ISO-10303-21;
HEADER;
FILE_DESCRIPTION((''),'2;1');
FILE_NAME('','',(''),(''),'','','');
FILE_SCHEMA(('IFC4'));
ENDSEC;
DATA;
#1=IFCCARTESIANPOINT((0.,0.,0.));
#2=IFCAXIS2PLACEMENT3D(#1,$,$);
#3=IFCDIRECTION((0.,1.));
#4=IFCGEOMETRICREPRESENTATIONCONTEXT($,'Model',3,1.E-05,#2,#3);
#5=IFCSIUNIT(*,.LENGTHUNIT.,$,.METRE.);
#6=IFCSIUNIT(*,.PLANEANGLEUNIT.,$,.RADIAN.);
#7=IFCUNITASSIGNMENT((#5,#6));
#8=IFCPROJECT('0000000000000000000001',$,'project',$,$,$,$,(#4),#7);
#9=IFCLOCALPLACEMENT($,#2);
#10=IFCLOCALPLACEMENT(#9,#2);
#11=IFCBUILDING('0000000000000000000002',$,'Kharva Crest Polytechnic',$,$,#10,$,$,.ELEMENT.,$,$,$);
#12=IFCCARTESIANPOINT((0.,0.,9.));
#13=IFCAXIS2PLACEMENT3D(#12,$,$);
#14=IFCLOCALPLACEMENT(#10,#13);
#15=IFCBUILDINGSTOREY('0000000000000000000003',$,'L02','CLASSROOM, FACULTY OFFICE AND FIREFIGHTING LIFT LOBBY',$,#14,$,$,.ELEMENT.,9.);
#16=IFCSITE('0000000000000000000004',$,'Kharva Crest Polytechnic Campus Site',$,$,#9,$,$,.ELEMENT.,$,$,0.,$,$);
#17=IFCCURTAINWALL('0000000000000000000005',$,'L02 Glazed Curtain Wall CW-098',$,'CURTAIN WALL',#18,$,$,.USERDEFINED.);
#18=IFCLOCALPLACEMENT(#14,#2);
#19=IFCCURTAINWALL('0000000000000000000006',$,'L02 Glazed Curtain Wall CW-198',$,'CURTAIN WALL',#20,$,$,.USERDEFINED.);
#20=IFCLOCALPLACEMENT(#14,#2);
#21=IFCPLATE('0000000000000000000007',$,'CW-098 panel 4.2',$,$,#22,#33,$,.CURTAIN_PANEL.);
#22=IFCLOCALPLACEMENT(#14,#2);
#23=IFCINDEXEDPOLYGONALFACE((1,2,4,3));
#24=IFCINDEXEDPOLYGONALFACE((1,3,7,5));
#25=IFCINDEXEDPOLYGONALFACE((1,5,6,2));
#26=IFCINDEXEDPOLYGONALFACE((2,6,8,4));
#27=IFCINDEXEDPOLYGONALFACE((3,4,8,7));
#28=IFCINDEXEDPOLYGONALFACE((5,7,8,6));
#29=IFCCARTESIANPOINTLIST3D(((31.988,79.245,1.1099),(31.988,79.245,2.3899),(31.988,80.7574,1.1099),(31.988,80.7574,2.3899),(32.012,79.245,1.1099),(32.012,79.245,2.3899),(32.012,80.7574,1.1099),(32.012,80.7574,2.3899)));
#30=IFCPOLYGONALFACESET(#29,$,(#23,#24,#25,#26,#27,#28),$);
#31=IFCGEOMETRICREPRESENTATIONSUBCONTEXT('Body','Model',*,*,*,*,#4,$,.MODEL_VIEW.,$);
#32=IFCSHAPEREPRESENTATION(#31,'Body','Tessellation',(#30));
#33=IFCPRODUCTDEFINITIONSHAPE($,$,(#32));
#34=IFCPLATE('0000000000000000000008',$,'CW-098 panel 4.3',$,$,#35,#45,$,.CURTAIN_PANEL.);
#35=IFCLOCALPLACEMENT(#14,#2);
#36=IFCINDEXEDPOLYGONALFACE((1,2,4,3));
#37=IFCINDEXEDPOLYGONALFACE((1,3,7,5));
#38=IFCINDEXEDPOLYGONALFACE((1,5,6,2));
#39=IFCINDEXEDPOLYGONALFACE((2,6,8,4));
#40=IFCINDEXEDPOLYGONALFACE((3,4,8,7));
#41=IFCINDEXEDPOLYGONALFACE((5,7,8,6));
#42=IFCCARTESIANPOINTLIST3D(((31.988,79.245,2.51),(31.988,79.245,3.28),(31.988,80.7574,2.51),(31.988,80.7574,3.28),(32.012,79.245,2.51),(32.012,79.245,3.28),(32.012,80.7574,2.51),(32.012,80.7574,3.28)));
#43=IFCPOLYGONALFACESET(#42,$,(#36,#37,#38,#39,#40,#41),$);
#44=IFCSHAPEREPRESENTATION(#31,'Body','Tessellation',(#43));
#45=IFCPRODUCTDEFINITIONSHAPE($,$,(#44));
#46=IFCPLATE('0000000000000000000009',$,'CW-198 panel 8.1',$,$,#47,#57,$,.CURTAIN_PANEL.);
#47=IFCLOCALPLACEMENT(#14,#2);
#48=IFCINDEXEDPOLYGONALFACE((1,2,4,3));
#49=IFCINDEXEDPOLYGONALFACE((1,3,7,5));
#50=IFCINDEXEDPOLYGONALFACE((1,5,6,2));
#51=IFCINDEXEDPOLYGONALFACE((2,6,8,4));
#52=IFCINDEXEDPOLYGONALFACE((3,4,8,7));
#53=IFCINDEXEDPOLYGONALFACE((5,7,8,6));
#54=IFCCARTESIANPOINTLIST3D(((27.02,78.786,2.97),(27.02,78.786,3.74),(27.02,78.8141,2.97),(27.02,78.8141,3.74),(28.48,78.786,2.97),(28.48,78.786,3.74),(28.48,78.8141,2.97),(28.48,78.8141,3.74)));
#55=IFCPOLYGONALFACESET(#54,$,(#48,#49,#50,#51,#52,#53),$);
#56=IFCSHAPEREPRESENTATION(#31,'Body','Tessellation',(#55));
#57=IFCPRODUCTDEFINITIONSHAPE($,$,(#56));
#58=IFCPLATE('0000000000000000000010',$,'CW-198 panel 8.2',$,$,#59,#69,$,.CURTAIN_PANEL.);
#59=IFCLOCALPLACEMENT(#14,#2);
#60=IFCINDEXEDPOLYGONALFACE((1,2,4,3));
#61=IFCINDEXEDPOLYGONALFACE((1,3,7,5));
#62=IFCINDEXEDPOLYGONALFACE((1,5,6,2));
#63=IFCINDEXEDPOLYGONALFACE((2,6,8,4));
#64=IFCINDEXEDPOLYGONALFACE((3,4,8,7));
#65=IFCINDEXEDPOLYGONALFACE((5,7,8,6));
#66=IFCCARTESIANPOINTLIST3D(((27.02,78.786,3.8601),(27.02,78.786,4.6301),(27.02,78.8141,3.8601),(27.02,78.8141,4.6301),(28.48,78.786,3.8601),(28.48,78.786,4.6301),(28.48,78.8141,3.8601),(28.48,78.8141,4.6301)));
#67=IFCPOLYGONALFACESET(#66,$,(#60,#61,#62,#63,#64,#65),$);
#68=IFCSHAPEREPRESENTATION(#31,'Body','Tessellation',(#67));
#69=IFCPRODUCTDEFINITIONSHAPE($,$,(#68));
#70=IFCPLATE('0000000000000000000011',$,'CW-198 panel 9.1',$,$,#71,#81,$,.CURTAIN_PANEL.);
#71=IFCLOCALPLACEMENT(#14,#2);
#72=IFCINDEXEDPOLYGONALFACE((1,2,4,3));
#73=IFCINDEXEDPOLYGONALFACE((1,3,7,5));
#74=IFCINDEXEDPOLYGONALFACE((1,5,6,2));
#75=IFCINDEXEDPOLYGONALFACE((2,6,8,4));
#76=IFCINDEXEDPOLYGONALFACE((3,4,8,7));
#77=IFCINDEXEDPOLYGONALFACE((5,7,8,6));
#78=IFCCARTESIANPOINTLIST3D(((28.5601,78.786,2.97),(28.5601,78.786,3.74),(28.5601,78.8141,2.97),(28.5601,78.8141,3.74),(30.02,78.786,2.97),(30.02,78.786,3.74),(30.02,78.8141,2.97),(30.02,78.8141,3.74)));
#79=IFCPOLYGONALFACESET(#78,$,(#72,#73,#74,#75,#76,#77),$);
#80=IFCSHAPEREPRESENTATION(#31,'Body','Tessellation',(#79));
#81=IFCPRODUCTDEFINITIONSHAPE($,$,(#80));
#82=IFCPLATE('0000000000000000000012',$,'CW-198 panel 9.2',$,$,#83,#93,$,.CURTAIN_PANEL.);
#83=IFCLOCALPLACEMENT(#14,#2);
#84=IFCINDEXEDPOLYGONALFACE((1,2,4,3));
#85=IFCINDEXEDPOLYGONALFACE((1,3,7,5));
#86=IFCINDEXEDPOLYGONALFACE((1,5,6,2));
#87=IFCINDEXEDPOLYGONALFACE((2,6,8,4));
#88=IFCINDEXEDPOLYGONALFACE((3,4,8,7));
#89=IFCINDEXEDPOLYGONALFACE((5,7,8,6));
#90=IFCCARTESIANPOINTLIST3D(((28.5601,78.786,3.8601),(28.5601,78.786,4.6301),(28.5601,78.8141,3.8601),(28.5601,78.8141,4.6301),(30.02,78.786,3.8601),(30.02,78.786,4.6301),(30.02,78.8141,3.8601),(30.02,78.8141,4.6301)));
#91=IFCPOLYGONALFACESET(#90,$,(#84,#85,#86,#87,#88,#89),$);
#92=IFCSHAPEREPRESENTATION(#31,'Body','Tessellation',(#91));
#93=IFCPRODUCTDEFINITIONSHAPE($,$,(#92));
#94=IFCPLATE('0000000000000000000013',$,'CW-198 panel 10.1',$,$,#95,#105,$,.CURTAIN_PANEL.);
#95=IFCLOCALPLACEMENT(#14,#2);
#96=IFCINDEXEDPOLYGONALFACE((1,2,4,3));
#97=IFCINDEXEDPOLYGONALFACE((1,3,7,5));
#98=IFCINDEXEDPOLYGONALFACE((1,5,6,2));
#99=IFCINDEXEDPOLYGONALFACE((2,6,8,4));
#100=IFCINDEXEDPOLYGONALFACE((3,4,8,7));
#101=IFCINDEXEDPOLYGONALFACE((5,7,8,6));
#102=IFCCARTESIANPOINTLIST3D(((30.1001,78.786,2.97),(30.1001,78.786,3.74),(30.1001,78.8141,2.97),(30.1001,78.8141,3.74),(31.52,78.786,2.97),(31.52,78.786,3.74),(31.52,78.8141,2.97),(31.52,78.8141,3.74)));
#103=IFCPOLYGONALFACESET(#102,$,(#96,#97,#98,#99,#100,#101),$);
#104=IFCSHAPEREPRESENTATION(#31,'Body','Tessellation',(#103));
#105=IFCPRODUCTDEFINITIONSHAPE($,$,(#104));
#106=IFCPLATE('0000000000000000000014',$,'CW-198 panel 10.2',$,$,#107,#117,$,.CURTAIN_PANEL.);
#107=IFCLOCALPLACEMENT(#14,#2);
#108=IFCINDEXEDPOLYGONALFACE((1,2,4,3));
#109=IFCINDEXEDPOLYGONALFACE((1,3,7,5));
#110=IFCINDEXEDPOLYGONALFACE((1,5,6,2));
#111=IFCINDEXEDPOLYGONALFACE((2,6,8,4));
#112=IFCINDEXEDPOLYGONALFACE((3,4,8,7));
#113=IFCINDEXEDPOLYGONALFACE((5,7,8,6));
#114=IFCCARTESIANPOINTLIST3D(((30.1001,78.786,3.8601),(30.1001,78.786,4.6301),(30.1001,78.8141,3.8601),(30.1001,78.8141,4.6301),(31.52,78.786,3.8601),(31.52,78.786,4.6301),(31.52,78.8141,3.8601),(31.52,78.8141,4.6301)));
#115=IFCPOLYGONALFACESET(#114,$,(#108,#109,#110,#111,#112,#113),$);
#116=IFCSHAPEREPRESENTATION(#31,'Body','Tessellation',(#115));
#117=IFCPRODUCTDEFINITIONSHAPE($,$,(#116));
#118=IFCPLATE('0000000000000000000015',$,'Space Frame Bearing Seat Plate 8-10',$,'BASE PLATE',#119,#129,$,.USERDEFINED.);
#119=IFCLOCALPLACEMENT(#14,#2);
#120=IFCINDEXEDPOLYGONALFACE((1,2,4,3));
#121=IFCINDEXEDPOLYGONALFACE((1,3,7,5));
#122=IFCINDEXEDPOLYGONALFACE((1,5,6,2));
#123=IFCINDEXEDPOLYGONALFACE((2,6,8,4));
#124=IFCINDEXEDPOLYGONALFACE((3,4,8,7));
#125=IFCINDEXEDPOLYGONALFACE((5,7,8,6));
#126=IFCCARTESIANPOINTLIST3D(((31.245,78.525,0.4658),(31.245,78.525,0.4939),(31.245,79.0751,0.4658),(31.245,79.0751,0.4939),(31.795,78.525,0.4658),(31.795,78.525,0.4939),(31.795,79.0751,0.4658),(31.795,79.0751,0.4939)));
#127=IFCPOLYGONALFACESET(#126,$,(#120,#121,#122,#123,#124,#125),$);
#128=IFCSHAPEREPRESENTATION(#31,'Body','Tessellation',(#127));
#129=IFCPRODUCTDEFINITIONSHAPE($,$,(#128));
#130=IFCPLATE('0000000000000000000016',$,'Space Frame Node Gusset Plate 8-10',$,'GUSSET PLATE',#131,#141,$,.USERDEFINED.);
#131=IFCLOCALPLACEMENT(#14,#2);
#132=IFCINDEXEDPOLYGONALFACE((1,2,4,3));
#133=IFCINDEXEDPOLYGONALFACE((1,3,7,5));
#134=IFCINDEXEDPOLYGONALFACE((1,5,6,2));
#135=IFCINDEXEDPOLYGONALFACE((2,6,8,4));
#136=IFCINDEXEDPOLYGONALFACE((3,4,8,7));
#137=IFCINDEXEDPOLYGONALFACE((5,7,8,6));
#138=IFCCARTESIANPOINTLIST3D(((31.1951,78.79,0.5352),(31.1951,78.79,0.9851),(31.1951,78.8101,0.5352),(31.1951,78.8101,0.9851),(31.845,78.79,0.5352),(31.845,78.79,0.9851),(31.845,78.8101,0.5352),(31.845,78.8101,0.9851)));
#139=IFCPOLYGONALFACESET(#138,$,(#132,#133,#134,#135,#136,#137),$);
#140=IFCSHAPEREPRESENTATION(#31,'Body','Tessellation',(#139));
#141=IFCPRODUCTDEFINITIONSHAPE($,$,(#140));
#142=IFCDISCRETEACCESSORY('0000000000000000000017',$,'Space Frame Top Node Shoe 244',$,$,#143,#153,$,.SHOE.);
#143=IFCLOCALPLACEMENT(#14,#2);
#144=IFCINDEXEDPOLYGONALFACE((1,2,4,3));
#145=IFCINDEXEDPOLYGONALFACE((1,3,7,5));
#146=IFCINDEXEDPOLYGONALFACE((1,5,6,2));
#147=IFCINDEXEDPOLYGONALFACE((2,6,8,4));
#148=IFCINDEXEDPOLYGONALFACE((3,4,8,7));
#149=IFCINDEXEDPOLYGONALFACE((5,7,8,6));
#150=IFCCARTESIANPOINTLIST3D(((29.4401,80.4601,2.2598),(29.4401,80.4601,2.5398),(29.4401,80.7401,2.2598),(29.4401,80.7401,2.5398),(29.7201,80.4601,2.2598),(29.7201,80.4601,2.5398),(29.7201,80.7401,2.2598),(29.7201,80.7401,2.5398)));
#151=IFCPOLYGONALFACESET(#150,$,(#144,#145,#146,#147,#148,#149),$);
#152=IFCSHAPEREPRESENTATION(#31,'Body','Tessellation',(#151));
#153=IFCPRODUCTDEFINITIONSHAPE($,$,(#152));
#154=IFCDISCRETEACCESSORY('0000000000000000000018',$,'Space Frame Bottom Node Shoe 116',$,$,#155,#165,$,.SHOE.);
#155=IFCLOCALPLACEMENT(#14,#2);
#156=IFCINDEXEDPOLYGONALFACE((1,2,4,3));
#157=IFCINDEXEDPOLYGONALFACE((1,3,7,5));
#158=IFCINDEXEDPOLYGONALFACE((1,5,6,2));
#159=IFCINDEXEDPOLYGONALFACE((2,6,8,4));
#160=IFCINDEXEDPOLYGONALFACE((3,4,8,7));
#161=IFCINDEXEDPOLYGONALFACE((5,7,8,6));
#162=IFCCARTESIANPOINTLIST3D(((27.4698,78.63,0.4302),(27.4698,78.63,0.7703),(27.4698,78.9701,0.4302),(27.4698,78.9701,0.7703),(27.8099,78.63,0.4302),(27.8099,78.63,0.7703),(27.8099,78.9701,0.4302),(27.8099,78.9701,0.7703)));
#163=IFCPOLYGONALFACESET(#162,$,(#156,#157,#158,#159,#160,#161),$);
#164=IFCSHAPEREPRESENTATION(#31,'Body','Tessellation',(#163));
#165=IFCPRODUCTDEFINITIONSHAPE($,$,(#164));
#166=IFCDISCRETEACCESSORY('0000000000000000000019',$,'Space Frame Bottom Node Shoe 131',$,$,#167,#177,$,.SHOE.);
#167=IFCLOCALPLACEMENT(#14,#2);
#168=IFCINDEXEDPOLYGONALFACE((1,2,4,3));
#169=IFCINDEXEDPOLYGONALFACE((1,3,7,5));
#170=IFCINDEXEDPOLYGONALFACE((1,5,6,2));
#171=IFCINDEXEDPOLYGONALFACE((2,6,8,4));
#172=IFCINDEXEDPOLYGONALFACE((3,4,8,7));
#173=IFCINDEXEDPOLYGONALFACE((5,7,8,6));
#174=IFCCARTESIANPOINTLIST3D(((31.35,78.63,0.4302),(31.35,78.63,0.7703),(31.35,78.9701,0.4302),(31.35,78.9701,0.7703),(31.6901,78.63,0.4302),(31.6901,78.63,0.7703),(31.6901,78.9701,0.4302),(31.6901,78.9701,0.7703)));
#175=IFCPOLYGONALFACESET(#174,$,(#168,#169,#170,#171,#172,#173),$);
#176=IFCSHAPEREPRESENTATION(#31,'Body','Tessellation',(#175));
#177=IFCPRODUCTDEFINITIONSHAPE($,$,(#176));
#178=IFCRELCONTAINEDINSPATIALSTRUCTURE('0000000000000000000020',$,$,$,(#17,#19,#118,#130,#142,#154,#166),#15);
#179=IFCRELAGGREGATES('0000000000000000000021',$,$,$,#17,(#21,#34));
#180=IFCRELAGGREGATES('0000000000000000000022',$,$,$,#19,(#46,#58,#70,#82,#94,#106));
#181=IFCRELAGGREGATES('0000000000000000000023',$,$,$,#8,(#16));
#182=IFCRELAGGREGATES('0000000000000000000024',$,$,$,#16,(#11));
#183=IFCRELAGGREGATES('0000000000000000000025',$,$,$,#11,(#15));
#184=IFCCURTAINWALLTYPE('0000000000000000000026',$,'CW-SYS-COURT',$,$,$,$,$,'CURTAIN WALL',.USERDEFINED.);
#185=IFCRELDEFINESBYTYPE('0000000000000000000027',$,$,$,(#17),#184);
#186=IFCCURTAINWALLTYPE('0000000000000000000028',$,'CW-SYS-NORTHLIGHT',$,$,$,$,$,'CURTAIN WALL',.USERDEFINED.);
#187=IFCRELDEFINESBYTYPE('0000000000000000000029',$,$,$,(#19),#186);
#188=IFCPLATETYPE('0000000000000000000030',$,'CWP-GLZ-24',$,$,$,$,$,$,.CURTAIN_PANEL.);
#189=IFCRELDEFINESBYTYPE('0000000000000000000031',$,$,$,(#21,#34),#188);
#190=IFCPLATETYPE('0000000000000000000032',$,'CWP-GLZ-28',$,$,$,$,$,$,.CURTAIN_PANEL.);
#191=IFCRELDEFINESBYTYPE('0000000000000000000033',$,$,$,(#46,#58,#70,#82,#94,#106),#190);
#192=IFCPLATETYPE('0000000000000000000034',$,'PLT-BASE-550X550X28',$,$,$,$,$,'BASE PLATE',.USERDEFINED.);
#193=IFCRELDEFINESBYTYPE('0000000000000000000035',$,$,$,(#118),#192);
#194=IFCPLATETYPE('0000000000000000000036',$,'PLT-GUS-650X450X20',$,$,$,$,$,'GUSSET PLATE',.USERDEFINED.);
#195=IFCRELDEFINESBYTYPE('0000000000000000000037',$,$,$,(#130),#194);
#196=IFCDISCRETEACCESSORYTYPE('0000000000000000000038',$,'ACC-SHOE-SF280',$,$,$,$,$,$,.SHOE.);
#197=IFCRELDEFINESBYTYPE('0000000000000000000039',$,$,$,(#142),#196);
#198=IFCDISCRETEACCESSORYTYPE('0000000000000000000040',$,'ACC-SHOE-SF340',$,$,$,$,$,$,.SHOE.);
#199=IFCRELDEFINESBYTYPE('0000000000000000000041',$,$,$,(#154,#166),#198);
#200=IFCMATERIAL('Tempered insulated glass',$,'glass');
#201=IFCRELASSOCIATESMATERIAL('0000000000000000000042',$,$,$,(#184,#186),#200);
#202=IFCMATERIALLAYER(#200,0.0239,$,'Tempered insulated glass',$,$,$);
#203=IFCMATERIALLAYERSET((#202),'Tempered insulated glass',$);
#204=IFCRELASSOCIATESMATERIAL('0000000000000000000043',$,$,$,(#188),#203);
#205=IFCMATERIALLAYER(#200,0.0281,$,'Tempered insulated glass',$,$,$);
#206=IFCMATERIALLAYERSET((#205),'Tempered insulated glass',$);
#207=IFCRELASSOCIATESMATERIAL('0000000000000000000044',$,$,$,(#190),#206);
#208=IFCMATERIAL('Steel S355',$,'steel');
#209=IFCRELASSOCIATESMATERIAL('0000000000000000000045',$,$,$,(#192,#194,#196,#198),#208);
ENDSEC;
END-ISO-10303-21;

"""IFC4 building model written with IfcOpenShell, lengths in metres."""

from ifc_helpers import new_model, si_unit, direction, frame, origin, origin_2d, place, context, subcontext, project, spatial, rectangle, extrude, material, layer, layer_set, type_object, element, aggregate, save


model = new_model("IFC4")

# Units and contexts
model_context = context("Model", 3, precision=1e-05, world=origin(), true_north=direction((0.0, 1.0)))
body_context = subcontext(model_context, "Body", "Model", "MODEL_VIEW")
ifc_project = project(units=[si_unit("LENGTHUNIT", "METRE"), si_unit("PLANEANGLEUNIT", "RADIAN")], contexts=[model_context])

# Site, building, storey
site_placement = place(None, origin())
site = spatial("IfcSite", under=ifc_project, at=site_placement, Name="Kharva Crest Polytechnic Campus Site", CompositionType="ELEMENT", RefElevation=0.0)
building_placement = place(site_placement, origin())
building = spatial("IfcBuilding", under=site, at=building_placement, Name="Kharva Crest Polytechnic", CompositionType="ELEMENT")
storey_placement = place(building_placement, frame((0.0, 0.0, 9.0)))
storey = spatial("IfcBuildingStorey", under=building, at=storey_placement, Name="L02", Description="CLASSROOM, FACULTY OFFICE AND FIREFIGHTING LIFT LOBBY", CompositionType="ELEMENT", Elevation=9.0)

# Curtain wall
ifc_material_1 = material(Name="Tempered insulated glass", Category="glass")
curtain_wall_type_1 = type_object("IfcCurtainWallType", Name="CW-SYS-COURT", ElementType="CURTAIN WALL", PredefinedType="USERDEFINED", material=ifc_material_1)
curtain_wall_1_placement = place(storey_placement, origin())
curtain_wall_1 = element("IfcCurtainWall", 1, at=curtain_wall_1_placement, inside=storey, type_object=curtain_wall_type_1, Name="L02 Glazed Curtain Wall CW-098", ObjectType="CURTAIN WALL", PredefinedType="USERDEFINED")
ifc_material_2 = material(Name="Steel S355", Category="steel")

# Curtain wall
curtain_wall_type_2 = type_object("IfcCurtainWallType", Name="CW-SYS-NORTHLIGHT", ElementType="CURTAIN WALL", PredefinedType="USERDEFINED", material=ifc_material_1)
curtain_wall_2_placement = place(storey_placement, origin())
curtain_wall_2 = element("IfcCurtainWall", 2, at=curtain_wall_2_placement, inside=storey, type_object=curtain_wall_type_2, Name="L02 Glazed Curtain Wall CW-198", ObjectType="CURTAIN WALL", PredefinedType="USERDEFINED")

# Plates
ifc_layer_1 = layer(ifc_material_1, 0.0239, Name="Tempered insulated glass")
ifc_layer_set_1 = layer_set([ifc_layer_1], Name="Tempered insulated glass")
plate_type_1 = type_object("IfcPlateType", Name="CWP-GLZ-24", PredefinedType="CURTAIN_PANEL", material=ifc_layer_set_1)
plate_1_placement = place(storey_placement, frame((32.0, 80.0012, 1.1099), z_axis=(0.0, 0.0, 1.0), x_axis=(0.0, -1.0, 0.0)))
plate_1 = element("IfcPlate", 3, at=plate_1_placement, type_object=plate_type_1, Name="CW-098 panel 4.2", PredefinedType="CURTAIN_PANEL", context=body_context, shape_type="SweptSolid", body=[
    extrude(rectangle(XDim=1.5125, YDim=0.0239, at=origin_2d()), origin(), (0.0, 0.0, 1.0), 1.28),
])
plate_2_placement = place(storey_placement, frame((32.0, 80.0012, 2.51), z_axis=(0.0, 0.0, 1.0), x_axis=(0.0, -1.0, 0.0)))
plate_2 = element("IfcPlate", 4, at=plate_2_placement, type_object=plate_type_1, Name="CW-098 panel 4.3", PredefinedType="CURTAIN_PANEL", context=body_context, shape_type="SweptSolid", body=[
    extrude(rectangle(XDim=1.5125, YDim=0.0239, at=origin_2d()), origin(), (0.0, 0.0, 1.0), 0.77),
])
aggregate(curtain_wall_1, [plate_1, plate_2])
ifc_layer_2 = layer(ifc_material_1, 0.0281, Name="Tempered insulated glass")
ifc_layer_set_2 = layer_set([ifc_layer_2], Name="Tempered insulated glass")
plate_type_2 = type_object("IfcPlateType", Name="CWP-GLZ-28", PredefinedType="CURTAIN_PANEL", material=ifc_layer_set_2)
plate_3_placement = place(storey_placement, frame((27.75, 78.8, 2.97), z_axis=(0.0, 0.0, 1.0), x_axis=(1.0, 0.0, 0.0)))
plate_3 = element("IfcPlate", 5, at=plate_3_placement, type_object=plate_type_2, Name="CW-198 panel 8.1", PredefinedType="CURTAIN_PANEL", context=body_context, shape_type="SweptSolid", body=[
    extrude(rectangle(XDim=1.46, YDim=0.0281, at=origin_2d()), origin(), (0.0, 0.0, 1.0), 0.77),
])
plate_4_placement = place(storey_placement, frame((27.75, 78.8, 3.8601), z_axis=(0.0, 0.0, 1.0), x_axis=(1.0, 0.0, 0.0)))
plate_4 = element("IfcPlate", 6, at=plate_4_placement, type_object=plate_type_2, Name="CW-198 panel 8.2", PredefinedType="CURTAIN_PANEL", context=body_context, shape_type="SweptSolid", body=[
    extrude(rectangle(XDim=1.46, YDim=0.0281, at=origin_2d()), origin(), (0.0, 0.0, 1.0), 0.77),
])
plate_5_placement = place(storey_placement, frame((29.29, 78.8, 2.97), z_axis=(0.0, 0.0, 1.0), x_axis=(1.0, 0.0, 0.0)))
plate_5 = element("IfcPlate", 7, at=plate_5_placement, type_object=plate_type_2, Name="CW-198 panel 9.1", PredefinedType="CURTAIN_PANEL", context=body_context, shape_type="SweptSolid", body=[
    extrude(rectangle(XDim=1.46, YDim=0.0281, at=origin_2d()), origin(), (0.0, 0.0, 1.0), 0.77),
])
plate_6_placement = place(storey_placement, frame((29.29, 78.8, 3.8601), z_axis=(0.0, 0.0, 1.0), x_axis=(1.0, 0.0, 0.0)))
plate_6 = element("IfcPlate", 8, at=plate_6_placement, type_object=plate_type_2, Name="CW-198 panel 9.2", PredefinedType="CURTAIN_PANEL", context=body_context, shape_type="SweptSolid", body=[
    extrude(rectangle(XDim=1.46, YDim=0.0281, at=origin_2d()), origin(), (0.0, 0.0, 1.0), 0.77),
])
plate_7_placement = place(storey_placement, frame((30.8101, 78.8, 2.97), z_axis=(0.0, 0.0, 1.0), x_axis=(1.0, 0.0, 0.0)))
plate_7 = element("IfcPlate", 9, at=plate_7_placement, type_object=plate_type_2, Name="CW-198 panel 10.1", PredefinedType="CURTAIN_PANEL", context=body_context, shape_type="SweptSolid", body=[
    extrude(rectangle(XDim=1.4199, YDim=0.0281, at=origin_2d()), origin(), (0.0, 0.0, 1.0), 0.77),
])
plate_8_placement = place(storey_placement, frame((30.8101, 78.8, 3.8601), z_axis=(0.0, 0.0, 1.0), x_axis=(1.0, 0.0, 0.0)))
plate_8 = element("IfcPlate", 10, at=plate_8_placement, type_object=plate_type_2, Name="CW-198 panel 10.2", PredefinedType="CURTAIN_PANEL", context=body_context, shape_type="SweptSolid", body=[
    extrude(rectangle(XDim=1.4199, YDim=0.0281, at=origin_2d()), origin(), (0.0, 0.0, 1.0), 0.77),
])
aggregate(curtain_wall_2, [plate_3, plate_4, plate_5, plate_6, plate_7, plate_8])

# Plates
plate_type_3 = type_object("IfcPlateType", Name="PLT-BASE-550X550X28", ElementType="BASE PLATE", PredefinedType="USERDEFINED", material=ifc_material_2)
plate_9_placement = place(storey_placement, frame((31.52, 78.8, 0.4658), z_axis=(0.0, 0.0, 1.0), x_axis=(1.0, 0.0, 0.0)))
element("IfcPlate", 11, at=plate_9_placement, inside=storey, type_object=plate_type_3, Name="Space Frame Bearing Seat Plate 8-10", ObjectType="BASE PLATE", PredefinedType="USERDEFINED", context=body_context, shape_type="SweptSolid", body=[
    extrude(rectangle(XDim=0.55, YDim=0.55, at=origin_2d()), origin(), (0.0, 0.0, 1.0), 0.0281),
])
plate_type_4 = type_object("IfcPlateType", Name="PLT-GUS-650X450X20", ElementType="GUSSET PLATE", PredefinedType="USERDEFINED", material=ifc_material_2)
plate_10_placement = place(storey_placement, frame((31.52, 78.8, 0.5352), z_axis=(0.0, 0.0, 1.0), x_axis=(1.0, 0.0, 0.0)))
element("IfcPlate", 12, at=plate_10_placement, inside=storey, type_object=plate_type_4, Name="Space Frame Node Gusset Plate 8-10", ObjectType="GUSSET PLATE", PredefinedType="USERDEFINED", context=body_context, shape_type="SweptSolid", body=[
    extrude(rectangle(XDim=0.6499, YDim=0.02, at=origin_2d()), origin(), (0.0, 0.0, 1.0), 0.45),
])

# Discrete accessories
discrete_accessory_type_1 = type_object("IfcDiscreteAccessoryType", Name="ACC-SHOE-SF280", PredefinedType="SHOE", material=ifc_material_2)
discrete_accessory_placement = place(storey_placement, frame((29.5801, 80.6001, 2.2598), z_axis=(0.0, 0.0, 1.0), x_axis=(1.0, 0.0, 0.0)))
element("IfcDiscreteAccessory", 13, at=discrete_accessory_placement, inside=storey, type_object=discrete_accessory_type_1, Name="Space Frame Top Node Shoe 244", PredefinedType="SHOE", context=body_context, shape_type="SweptSolid", body=[
    extrude(rectangle(XDim=0.28, YDim=0.28, at=origin_2d()), origin(), (0.0, 0.0, 1.0), 0.28),
])
discrete_accessory_type_2 = type_object("IfcDiscreteAccessoryType", Name="ACC-SHOE-SF340", PredefinedType="SHOE", material=ifc_material_2)
for number, where, z_axis, x_axis, name in (
    (14, (27.6399, 78.8, 0.4302), (0.0, 0.0, 1.0), (1.0, 0.0, 0.0), "Space Frame Bottom Node Shoe 116"),
    (15, (31.52, 78.8, 0.4302), (0.0, 0.0, 1.0), (1.0, 0.0, 0.0), "Space Frame Bottom Node Shoe 131"),
):
    element("IfcDiscreteAccessory", number, at=place(storey_placement, frame(where, z_axis=z_axis, x_axis=x_axis)), inside=storey, type_object=discrete_accessory_type_2, Name=name, PredefinedType="SHOE", context=body_context, shape_type="SweptSolid", body=[
        extrude(rectangle(XDim=0.3401, YDim=0.3401, at=origin_2d()), origin(), (0.0, 0.0, 1.0), 0.3401),
    ])

save(model, "model.ifc")
